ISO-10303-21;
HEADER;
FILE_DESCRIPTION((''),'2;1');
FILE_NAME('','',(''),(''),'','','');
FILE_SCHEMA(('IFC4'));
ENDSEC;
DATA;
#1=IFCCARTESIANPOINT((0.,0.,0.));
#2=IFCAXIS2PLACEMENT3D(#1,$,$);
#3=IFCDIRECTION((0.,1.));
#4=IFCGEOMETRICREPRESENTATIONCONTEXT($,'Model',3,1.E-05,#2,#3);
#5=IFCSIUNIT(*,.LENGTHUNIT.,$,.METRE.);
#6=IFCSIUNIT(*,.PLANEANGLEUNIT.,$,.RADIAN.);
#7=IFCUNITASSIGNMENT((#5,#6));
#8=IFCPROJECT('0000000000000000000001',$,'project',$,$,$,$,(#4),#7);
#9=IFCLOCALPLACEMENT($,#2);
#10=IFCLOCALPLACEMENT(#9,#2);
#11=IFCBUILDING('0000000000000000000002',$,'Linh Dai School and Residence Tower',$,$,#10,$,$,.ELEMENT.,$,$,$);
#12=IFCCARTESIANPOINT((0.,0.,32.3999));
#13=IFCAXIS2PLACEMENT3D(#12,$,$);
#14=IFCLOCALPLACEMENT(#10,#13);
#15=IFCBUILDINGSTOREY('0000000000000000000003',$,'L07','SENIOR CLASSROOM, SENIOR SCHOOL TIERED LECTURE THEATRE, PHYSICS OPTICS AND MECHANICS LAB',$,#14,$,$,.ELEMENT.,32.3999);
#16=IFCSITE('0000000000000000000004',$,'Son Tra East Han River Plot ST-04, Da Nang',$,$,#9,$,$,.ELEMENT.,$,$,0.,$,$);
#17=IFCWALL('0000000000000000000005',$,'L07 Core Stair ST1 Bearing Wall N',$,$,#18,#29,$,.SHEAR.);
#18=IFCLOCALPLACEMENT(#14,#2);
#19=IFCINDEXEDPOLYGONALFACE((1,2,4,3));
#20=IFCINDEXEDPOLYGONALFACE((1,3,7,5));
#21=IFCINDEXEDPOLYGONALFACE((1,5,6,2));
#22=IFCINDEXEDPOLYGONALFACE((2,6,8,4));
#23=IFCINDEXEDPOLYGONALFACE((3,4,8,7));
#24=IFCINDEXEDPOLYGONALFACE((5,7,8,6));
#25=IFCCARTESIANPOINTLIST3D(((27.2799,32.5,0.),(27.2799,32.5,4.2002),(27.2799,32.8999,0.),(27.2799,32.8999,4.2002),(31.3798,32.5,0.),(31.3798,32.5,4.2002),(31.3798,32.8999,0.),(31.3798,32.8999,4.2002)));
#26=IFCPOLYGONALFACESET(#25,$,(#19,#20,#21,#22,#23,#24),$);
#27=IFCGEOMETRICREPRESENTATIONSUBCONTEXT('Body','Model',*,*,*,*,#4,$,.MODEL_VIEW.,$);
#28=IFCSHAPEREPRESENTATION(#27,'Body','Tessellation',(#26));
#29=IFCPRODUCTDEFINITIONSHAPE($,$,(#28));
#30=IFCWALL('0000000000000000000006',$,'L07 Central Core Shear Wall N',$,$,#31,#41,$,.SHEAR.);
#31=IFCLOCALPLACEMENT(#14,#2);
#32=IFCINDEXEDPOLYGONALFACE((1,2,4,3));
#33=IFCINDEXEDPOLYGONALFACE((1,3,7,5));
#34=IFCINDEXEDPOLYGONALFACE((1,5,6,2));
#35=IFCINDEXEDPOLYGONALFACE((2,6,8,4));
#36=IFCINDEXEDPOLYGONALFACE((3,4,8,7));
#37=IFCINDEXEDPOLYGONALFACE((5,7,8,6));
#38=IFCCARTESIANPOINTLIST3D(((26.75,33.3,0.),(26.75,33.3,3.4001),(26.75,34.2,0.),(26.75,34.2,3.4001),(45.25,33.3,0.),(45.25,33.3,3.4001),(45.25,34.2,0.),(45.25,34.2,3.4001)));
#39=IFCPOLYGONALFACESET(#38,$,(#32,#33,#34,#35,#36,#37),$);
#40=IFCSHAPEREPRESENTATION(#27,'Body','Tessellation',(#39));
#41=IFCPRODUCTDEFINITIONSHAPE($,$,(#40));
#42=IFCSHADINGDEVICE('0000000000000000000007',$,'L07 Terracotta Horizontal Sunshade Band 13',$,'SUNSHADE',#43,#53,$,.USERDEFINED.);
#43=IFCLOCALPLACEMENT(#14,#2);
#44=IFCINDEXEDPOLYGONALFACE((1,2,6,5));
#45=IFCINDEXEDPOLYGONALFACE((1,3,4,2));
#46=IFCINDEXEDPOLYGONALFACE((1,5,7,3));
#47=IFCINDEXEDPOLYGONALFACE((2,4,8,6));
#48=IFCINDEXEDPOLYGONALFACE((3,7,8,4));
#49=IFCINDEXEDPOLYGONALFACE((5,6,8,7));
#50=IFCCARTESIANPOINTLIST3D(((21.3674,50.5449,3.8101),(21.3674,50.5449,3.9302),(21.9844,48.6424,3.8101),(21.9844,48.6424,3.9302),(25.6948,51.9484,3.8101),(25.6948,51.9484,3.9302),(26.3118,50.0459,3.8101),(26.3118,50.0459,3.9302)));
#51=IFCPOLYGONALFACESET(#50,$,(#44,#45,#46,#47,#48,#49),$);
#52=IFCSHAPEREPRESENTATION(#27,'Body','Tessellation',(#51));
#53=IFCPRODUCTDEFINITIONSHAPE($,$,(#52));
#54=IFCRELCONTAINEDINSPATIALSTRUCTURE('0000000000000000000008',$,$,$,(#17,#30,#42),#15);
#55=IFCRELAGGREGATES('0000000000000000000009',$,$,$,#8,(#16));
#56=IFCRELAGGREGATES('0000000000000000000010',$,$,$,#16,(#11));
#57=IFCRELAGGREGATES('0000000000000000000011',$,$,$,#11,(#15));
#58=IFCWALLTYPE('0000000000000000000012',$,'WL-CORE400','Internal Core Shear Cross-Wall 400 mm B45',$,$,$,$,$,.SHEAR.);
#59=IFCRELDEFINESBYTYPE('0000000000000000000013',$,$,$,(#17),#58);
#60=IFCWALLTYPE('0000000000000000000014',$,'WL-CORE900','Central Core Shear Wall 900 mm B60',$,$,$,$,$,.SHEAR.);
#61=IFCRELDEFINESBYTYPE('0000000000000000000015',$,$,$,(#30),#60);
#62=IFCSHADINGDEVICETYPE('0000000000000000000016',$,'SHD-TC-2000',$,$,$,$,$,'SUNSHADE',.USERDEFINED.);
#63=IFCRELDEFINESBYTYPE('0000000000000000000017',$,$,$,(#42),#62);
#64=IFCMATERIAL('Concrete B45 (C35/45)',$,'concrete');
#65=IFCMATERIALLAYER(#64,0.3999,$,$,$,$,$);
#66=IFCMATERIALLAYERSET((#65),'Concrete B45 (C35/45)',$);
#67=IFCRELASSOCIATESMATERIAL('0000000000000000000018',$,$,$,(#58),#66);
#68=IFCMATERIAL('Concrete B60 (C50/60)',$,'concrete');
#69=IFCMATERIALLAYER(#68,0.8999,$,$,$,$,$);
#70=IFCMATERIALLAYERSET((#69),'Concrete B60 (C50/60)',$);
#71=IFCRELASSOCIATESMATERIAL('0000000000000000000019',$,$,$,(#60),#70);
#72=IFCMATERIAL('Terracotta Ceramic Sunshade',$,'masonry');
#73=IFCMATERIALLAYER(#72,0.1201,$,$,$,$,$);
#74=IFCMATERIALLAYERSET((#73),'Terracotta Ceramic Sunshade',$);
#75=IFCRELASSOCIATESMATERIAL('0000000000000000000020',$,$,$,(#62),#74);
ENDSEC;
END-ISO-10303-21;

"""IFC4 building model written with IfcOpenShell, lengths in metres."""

from ifc_helpers import new_model, si_unit, direction, frame, frame_2d, origin, origin_2d, place, context, subcontext, project, spatial, rectangle, extrude, source, transform, mapped, material, layer, layer_set, type_object, element, save


model = new_model("IFC4")

# Units and contexts
model_context = context("Model", 3, precision=1e-05, world=origin(), true_north=direction((0.0, 1.0)))
body_context = subcontext(model_context, "Body", "Model", "MODEL_VIEW")
ifc_project = project(units=[si_unit("LENGTHUNIT", "METRE"), si_unit("PLANEANGLEUNIT", "RADIAN")], contexts=[model_context])

# Site, building, storey
site_placement = place(None, origin())
site = spatial("IfcSite", under=ifc_project, at=site_placement, Name="Son Tra East Han River Plot ST-04, Da Nang", CompositionType="ELEMENT", RefElevation=0.0)
building_placement = place(site_placement, origin())
building = spatial("IfcBuilding", under=site, at=building_placement, Name="Linh Dai School and Residence Tower", CompositionType="ELEMENT")
storey_placement = place(building_placement, frame((0.0, 0.0, 32.3999)))
storey = spatial("IfcBuildingStorey", under=building, at=storey_placement, Name="L07", Description="SENIOR CLASSROOM, SENIOR SCHOOL TIERED LECTURE THEATRE, PHYSICS OPTICS AND MECHANICS LAB", CompositionType="ELEMENT", Elevation=32.3999)

# Shared definitions
ifc_material_1 = material(Name="Concrete B60 (C50/60)", Category="concrete")

# Walls
ifc_material_2 = material(Name="Concrete B45 (C35/45)", Category="concrete")
ifc_layer_1 = layer(ifc_material_2, 0.3999)
ifc_layer_set_1 = layer_set([ifc_layer_1], Name="Concrete B45 (C35/45)")
wall_type_1 = type_object("IfcWallType", Name="WL-CORE400", Description="Internal Core Shear Cross-Wall 400 mm B45", PredefinedType="SHEAR", material=ifc_layer_set_1)
wall_1_placement = place(storey_placement, frame((27.28, 32.7, 0.0), z_axis=(0.0, 0.0, 1.0), x_axis=(1.0, 0.0, 0.0)))
element("IfcWall", 1, at=wall_1_placement, inside=storey, type_object=wall_type_1, Name="L07 Core Stair ST1 Bearing Wall N", PredefinedType="SHEAR", context=body_context, shape_type="SweptSolid", body=[
    extrude(rectangle(XDim=4.0999, YDim=0.3999, at=frame_2d((2.0498, 0.0))), origin(), (0.0, 0.0, 1.0), 4.2002),
])
ifc_layer_2 = layer(ifc_material_1, 0.8999)
ifc_layer_set_2 = layer_set([ifc_layer_2], Name="Concrete B60 (C50/60)")
wall_type_2 = type_object("IfcWallType", Name="WL-CORE900", Description="Central Core Shear Wall 900 mm B60", PredefinedType="SHEAR", material=ifc_layer_set_2)
wall_2_placement = place(storey_placement, frame((26.75, 33.75, 0.0), z_axis=(0.0, 0.0, 1.0), x_axis=(1.0, 0.0, 0.0)))
element("IfcWall", 2, at=wall_2_placement, inside=storey, type_object=wall_type_2, Name="L07 Central Core Shear Wall N", PredefinedType="SHEAR", context=body_context, shape_type="SweptSolid", body=[
    extrude(rectangle(XDim=18.5, YDim=0.8999, at=frame_2d((9.25, 0.0))), origin(), (0.0, 0.0, 1.0), 3.4001),
])

# Shading device
ifc_material_3 = material(Name="Terracotta Ceramic Sunshade", Category="masonry")
ifc_layer_3 = layer(ifc_material_3, 0.1201)
ifc_layer_set_3 = layer_set([ifc_layer_3], Name="Terracotta Ceramic Sunshade")
shading_device_type = type_object("IfcShadingDeviceType", Name="SHD-TC-2000", ElementType="SUNSHADE", PredefinedType="USERDEFINED", material=ifc_layer_set_3)
shared_shape_1 = source(origin(), body_context, "Body", "SweptSolid", [
    extrude(rectangle(XDim=4.5493, YDim=2.0, at=origin_2d()), origin(), (0.0, 0.0, 1.0), 0.1201),
])
shading_device_placement = place(storey_placement, frame((23.8396, 50.2954, 3.8101), z_axis=(0.0, 0.0, 1.0), x_axis=(0.951221, 0.308511, 0.0)))
element("IfcShadingDevice", 3, at=shading_device_placement, inside=storey, type_object=shading_device_type, Name="L07 Terracotta Horizontal Sunshade Band 13", ObjectType="SUNSHADE", PredefinedType="USERDEFINED", context=body_context, shape_type="MappedRepresentation", body=[
    mapped(shared_shape_1, transform((0.0, 0.0, 0.0), x_axis=(1.0, 0.0, 0.0), y_axis=(0.0, 1.0, 0.0), z_axis=(0.0, 0.0, 1.0), scale=1.0)),
])

save(model, "model.ifc")
